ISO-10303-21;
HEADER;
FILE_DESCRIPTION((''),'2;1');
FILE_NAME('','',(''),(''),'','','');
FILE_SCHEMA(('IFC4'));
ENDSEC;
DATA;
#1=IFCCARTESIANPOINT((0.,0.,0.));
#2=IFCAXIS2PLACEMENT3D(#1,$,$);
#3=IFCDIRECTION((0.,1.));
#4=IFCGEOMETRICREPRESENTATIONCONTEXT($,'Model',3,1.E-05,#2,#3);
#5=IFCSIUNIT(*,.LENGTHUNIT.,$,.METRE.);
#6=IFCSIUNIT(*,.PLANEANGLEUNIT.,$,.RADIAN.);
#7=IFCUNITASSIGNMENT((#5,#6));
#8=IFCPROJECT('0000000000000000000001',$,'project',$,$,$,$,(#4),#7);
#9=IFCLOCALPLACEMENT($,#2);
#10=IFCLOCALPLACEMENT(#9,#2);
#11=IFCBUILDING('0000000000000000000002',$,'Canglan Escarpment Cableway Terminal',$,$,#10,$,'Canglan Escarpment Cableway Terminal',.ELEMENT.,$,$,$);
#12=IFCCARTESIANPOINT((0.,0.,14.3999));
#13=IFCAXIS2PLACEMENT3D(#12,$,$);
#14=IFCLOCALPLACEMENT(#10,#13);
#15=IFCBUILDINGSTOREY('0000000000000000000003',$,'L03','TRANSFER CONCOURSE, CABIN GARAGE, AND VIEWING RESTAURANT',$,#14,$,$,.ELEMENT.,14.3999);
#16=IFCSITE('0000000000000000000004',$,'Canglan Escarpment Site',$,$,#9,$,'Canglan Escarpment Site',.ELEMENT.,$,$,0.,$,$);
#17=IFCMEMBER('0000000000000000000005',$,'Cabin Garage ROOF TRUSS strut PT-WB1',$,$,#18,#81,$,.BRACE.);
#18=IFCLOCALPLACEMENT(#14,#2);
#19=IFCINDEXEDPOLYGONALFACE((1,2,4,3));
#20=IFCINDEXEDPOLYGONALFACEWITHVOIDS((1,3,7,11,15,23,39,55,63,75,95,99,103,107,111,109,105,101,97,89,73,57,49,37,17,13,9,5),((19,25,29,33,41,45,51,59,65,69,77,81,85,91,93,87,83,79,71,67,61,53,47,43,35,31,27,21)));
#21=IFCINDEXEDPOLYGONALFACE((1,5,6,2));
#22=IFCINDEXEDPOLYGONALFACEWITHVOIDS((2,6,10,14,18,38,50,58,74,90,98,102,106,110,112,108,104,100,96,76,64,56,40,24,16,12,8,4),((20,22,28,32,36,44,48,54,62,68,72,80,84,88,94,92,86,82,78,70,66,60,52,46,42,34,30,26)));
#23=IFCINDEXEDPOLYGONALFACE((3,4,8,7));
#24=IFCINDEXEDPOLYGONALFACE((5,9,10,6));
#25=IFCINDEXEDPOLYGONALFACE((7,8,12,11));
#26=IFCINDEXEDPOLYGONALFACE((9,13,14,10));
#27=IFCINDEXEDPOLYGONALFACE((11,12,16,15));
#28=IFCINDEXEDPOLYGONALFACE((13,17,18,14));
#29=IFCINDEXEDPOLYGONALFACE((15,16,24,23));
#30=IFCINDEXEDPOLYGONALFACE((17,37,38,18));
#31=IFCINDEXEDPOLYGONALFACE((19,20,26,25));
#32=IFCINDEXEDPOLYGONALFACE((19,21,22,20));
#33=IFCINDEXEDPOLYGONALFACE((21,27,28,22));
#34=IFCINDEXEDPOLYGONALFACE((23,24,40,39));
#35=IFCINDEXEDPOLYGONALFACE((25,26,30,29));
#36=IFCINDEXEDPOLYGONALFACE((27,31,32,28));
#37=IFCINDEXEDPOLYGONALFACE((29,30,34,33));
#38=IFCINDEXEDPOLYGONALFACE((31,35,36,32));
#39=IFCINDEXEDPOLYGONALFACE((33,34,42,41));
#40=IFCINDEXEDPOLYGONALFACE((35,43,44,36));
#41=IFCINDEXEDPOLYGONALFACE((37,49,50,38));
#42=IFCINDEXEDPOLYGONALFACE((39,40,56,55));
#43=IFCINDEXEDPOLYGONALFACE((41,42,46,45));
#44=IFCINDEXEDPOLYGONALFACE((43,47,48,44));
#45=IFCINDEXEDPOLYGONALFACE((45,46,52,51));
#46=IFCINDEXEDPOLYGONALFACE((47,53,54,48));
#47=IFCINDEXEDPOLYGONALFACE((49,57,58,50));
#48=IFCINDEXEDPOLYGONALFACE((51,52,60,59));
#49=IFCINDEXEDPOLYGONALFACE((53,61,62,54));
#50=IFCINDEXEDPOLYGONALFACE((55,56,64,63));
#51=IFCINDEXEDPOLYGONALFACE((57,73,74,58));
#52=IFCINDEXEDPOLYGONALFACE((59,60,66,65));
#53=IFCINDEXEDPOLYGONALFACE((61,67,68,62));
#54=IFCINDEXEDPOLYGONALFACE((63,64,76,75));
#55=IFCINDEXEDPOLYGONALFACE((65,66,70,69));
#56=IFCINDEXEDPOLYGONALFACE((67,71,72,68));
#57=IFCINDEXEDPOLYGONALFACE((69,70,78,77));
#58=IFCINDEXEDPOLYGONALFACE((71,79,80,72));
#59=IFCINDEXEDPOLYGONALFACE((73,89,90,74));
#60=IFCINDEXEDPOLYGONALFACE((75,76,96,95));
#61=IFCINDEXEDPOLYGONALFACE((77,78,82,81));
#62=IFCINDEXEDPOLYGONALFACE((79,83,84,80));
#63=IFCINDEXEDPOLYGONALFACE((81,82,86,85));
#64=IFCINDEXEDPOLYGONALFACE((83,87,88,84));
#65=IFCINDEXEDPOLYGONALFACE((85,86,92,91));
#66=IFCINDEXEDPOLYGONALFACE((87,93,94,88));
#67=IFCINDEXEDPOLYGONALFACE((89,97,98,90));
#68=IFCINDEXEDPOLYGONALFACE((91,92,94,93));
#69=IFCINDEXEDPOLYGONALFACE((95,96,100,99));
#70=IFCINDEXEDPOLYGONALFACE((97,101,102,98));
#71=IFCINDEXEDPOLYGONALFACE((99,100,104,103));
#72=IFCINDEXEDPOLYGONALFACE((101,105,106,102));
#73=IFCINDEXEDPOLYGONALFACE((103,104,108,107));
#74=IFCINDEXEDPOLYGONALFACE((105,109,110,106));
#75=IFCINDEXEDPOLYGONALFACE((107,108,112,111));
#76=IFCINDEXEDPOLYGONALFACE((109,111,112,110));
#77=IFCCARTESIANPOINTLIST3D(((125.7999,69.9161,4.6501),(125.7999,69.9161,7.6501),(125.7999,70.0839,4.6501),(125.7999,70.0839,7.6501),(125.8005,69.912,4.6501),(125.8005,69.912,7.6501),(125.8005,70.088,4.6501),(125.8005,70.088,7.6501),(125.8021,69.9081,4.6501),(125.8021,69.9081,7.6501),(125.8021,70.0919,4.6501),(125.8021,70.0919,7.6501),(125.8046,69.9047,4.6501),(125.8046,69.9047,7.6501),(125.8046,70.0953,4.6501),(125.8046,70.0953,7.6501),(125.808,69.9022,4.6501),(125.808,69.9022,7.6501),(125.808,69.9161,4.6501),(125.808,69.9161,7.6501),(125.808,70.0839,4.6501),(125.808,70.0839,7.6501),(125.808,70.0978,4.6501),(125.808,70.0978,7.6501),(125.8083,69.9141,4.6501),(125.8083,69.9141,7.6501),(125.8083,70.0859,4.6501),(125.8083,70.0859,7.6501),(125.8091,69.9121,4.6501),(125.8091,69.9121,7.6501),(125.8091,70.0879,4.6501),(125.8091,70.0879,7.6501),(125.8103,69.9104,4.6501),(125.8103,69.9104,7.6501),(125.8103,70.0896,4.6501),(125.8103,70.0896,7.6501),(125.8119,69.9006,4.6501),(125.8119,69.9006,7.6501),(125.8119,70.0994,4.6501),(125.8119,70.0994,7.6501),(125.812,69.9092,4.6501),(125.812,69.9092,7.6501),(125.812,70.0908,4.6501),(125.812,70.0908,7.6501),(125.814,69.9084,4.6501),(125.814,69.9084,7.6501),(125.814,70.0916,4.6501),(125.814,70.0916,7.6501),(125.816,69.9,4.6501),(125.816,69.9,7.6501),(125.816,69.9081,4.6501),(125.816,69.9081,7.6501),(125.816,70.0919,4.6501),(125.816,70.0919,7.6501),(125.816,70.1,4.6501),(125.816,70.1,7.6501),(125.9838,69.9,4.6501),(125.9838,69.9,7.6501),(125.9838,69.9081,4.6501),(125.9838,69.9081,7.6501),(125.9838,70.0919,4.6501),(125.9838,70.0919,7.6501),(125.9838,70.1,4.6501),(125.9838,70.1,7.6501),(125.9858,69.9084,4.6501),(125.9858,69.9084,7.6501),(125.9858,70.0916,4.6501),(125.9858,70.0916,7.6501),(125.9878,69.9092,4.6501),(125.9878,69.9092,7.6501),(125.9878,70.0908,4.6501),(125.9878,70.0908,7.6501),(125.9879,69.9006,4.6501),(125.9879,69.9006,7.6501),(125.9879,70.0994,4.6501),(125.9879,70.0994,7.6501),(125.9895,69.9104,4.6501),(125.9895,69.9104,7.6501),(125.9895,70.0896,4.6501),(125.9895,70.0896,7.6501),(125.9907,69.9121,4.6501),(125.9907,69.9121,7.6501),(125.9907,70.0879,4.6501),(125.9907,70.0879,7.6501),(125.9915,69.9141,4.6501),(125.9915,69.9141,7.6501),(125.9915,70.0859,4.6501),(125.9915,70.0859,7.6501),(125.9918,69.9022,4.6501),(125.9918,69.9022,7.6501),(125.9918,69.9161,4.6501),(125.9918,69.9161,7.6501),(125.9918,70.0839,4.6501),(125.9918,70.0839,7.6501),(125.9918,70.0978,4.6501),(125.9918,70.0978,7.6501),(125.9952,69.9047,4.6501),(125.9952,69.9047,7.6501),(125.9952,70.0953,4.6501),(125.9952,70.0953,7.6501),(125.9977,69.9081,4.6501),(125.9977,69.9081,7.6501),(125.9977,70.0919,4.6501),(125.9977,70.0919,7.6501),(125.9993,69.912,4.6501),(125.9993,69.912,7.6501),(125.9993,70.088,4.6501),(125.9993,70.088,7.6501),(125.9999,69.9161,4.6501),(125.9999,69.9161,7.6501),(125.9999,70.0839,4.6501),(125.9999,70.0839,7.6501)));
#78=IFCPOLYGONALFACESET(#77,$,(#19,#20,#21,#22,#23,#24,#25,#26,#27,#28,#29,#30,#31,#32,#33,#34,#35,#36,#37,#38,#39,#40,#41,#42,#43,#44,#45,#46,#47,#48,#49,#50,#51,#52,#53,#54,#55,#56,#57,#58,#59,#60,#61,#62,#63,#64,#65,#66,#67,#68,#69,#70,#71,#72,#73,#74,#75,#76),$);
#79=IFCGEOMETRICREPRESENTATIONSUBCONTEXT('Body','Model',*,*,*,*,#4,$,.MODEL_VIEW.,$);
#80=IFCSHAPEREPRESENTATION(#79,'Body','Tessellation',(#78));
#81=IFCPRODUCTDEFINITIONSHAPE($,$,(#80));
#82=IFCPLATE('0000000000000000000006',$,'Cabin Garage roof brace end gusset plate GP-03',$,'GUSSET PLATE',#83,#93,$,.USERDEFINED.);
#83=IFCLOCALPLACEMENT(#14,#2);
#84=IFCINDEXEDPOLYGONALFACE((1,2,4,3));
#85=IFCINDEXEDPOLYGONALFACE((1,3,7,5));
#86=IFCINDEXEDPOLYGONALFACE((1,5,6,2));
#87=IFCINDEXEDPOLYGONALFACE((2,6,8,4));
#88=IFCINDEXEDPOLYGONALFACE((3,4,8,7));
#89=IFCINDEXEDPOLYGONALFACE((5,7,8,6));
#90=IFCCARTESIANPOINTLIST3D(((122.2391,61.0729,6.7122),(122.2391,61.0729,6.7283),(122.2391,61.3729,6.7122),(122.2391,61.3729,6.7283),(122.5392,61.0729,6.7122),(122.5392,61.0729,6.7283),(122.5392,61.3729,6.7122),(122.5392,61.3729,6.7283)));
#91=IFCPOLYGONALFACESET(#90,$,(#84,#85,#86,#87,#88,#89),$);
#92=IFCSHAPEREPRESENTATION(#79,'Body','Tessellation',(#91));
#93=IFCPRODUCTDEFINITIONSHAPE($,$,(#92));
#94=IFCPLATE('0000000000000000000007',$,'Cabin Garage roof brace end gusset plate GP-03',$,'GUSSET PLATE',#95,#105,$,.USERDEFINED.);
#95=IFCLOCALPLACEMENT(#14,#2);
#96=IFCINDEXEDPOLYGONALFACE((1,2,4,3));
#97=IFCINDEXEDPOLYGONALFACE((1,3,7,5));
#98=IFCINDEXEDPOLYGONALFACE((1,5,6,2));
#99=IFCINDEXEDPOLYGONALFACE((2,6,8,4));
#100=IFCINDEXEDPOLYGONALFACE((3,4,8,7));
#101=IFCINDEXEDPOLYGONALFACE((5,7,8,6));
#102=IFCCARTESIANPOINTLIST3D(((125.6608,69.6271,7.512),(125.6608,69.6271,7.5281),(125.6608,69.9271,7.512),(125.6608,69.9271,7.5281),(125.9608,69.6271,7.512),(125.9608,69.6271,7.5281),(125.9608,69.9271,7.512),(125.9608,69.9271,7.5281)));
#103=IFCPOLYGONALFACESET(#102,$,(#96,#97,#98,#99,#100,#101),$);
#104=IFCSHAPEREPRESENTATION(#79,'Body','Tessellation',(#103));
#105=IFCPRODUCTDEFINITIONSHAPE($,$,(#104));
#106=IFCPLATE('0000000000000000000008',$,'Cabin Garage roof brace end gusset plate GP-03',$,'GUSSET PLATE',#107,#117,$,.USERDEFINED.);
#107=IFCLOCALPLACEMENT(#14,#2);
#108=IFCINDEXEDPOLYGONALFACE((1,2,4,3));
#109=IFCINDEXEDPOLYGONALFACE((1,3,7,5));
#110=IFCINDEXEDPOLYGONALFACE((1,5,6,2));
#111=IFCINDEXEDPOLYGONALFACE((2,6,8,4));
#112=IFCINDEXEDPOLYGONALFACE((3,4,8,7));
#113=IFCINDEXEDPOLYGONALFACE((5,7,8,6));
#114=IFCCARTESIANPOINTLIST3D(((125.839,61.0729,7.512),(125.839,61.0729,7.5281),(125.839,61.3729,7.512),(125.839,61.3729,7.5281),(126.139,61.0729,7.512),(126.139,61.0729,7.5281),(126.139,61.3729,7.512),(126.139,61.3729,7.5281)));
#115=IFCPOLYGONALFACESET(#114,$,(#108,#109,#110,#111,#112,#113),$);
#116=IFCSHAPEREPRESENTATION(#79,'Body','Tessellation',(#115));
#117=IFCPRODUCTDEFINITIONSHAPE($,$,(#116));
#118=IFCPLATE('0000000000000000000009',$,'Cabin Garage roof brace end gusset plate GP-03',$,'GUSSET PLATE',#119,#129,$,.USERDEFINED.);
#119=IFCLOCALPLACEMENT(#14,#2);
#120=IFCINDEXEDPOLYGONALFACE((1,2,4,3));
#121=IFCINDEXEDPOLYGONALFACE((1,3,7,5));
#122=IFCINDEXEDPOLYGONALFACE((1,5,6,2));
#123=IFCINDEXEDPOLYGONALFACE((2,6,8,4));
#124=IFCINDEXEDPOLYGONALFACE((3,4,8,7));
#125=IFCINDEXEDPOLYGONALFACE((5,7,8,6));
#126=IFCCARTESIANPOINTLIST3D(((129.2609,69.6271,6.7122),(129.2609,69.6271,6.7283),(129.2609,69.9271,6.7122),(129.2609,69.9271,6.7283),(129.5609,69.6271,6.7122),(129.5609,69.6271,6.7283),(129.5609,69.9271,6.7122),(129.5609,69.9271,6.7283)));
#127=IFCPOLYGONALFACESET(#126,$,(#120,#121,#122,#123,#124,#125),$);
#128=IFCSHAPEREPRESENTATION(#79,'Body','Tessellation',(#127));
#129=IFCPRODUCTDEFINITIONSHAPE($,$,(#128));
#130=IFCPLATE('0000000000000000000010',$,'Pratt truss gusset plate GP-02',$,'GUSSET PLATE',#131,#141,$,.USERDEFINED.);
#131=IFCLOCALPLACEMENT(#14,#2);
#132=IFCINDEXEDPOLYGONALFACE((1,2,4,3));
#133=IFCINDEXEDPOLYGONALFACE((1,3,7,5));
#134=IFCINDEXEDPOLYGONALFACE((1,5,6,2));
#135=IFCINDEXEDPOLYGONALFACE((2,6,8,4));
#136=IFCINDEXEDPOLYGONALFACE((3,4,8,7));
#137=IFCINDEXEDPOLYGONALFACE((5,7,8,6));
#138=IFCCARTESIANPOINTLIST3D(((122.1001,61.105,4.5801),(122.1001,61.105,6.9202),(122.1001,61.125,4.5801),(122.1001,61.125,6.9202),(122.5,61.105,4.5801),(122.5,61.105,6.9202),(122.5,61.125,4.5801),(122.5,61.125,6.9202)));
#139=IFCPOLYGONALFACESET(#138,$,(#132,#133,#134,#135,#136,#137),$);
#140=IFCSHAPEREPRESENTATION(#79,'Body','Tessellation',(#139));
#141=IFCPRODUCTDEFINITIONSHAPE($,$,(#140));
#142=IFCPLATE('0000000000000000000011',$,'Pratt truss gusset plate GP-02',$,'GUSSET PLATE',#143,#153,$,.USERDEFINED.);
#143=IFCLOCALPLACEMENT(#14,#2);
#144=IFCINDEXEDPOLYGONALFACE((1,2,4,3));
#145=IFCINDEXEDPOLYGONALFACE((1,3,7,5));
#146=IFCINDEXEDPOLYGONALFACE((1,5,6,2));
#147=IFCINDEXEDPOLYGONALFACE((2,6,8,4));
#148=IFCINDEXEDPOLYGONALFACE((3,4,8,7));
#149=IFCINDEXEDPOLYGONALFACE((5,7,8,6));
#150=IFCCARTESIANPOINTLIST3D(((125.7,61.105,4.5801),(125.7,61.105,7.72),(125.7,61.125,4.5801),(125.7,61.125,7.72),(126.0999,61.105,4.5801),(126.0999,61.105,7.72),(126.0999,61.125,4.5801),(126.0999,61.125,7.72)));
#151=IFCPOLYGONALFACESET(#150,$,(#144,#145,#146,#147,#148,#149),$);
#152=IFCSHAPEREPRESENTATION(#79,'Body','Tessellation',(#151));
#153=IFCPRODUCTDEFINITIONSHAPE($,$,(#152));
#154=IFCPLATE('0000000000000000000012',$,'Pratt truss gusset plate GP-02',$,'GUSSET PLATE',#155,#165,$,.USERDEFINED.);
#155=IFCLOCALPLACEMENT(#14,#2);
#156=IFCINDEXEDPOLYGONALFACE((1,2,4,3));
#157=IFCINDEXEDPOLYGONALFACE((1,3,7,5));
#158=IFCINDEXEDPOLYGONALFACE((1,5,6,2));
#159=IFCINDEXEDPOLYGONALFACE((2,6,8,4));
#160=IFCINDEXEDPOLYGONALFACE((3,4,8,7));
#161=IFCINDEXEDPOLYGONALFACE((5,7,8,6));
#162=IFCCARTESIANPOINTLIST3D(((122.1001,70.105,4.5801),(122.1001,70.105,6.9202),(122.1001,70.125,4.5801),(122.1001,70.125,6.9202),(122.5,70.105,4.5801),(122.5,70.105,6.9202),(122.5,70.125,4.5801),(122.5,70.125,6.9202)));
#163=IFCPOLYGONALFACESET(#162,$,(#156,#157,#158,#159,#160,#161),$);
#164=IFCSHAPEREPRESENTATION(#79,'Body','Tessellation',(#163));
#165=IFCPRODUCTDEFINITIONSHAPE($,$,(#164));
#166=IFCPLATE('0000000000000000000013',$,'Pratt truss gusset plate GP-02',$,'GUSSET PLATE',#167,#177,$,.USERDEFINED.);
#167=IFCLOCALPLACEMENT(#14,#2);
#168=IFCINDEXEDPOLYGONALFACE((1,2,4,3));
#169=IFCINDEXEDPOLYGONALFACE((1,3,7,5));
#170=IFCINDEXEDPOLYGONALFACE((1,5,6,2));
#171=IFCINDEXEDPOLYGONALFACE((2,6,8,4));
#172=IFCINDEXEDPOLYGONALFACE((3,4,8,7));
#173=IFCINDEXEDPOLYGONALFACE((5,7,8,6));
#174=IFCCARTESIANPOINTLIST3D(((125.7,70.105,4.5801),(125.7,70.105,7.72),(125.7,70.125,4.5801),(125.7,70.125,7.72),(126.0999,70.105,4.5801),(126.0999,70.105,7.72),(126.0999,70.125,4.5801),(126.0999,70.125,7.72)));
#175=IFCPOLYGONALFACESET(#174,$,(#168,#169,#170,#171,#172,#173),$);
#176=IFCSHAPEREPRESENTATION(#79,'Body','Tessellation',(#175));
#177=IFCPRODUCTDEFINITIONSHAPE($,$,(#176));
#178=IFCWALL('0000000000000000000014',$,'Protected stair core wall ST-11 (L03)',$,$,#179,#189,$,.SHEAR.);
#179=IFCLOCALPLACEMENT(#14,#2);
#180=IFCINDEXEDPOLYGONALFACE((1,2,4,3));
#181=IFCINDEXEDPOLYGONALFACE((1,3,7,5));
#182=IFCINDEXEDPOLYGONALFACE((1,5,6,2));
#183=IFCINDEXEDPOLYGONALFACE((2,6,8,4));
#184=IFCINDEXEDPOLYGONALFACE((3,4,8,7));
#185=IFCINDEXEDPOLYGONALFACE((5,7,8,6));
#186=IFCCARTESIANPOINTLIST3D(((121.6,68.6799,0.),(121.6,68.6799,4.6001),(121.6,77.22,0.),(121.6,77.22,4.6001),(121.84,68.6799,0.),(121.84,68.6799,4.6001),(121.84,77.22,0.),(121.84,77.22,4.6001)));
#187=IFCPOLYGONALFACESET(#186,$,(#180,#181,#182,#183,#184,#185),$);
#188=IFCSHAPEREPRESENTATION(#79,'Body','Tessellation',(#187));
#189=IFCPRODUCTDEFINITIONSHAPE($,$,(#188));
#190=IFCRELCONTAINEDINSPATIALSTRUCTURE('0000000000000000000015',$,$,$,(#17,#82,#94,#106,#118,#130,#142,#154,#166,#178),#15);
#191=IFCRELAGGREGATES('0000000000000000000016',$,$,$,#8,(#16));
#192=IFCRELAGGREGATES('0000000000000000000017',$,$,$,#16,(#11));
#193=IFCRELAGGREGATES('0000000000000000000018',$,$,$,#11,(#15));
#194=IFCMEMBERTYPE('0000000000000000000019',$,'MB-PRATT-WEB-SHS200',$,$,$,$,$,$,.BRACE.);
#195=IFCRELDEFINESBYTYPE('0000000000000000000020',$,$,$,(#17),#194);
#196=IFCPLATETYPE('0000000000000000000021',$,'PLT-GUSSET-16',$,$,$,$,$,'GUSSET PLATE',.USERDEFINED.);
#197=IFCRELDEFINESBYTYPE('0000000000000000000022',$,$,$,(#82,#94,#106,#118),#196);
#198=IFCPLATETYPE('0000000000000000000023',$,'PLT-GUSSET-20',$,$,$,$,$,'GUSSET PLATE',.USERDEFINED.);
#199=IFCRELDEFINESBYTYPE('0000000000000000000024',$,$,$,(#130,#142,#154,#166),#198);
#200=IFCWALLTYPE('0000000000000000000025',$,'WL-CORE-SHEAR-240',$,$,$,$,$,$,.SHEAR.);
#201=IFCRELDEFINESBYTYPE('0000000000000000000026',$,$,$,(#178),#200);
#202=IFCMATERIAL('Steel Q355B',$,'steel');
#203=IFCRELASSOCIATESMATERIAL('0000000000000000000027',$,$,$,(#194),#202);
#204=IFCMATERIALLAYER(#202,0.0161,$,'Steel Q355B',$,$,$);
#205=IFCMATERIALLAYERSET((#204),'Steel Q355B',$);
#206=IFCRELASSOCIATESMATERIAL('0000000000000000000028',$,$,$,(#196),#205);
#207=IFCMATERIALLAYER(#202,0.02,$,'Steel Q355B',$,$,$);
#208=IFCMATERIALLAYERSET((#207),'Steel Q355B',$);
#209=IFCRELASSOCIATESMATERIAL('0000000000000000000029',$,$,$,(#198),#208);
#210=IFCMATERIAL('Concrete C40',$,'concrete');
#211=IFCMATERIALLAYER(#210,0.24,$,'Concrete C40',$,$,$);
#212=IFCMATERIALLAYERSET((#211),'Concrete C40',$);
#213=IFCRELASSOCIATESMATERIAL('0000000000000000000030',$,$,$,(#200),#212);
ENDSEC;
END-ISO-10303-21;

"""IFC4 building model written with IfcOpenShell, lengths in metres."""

from ifc_helpers import new_model, si_unit, direction, frame, frame_2d, origin, origin_2d, place, context, subcontext, project, spatial, rectangle, hollow_rectangle, extrude, material, layer, layer_set, material_profile, profile_set, type_object, element, save


model = new_model("IFC4")

# Units and contexts
model_context = context("Model", 3, precision=1e-05, world=origin(), true_north=direction((0.0, 1.0)))
body_context = subcontext(model_context, "Body", "Model", "MODEL_VIEW")
ifc_project = project(units=[si_unit("LENGTHUNIT", "METRE"), si_unit("PLANEANGLEUNIT", "RADIAN")], contexts=[model_context])

# Site, building, storey
site_placement = place(None, origin())
site = spatial("IfcSite", under=ifc_project, at=site_placement, Name="Canglan Escarpment Site", LongName="Canglan Escarpment Site", CompositionType="ELEMENT", RefElevation=0.0)
building_placement = place(site_placement, origin())
building = spatial("IfcBuilding", under=site, at=building_placement, Name="Canglan Escarpment Cableway Terminal", LongName="Canglan Escarpment Cableway Terminal", CompositionType="ELEMENT")
storey_placement = place(building_placement, frame((0.0, 0.0, 14.3999)))
storey = spatial("IfcBuildingStorey", under=building, at=storey_placement, Name="L03", Description="TRANSFER CONCOURSE, CABIN GARAGE, AND VIEWING RESTAURANT", CompositionType="ELEMENT", Elevation=14.3999)

# Shared definitions
ifc_material_1 = material(Name="Steel Q355B", Category="steel")

# Member
ifc_material_profile_1 = material_profile(ifc_material_1, hollow_rectangle(XDim=0.2, YDim=0.2, WallThickness=0.0081, InnerFilletRadius=0.0081, OuterFilletRadius=0.0161, at=origin_2d()), Name="SHS 200x200x8")
ifc_profile_set_1 = profile_set([ifc_material_profile_1], Name="Steel Q355B")
member_type_1 = type_object("IfcMemberType", Name="MB-PRATT-WEB-SHS200", PredefinedType="BRACE", material=ifc_profile_set_1)
member_1_placement = place(storey_placement, frame((125.8999, 70.0, 4.6501), z_axis=(0.0, 0.0, 1.0), x_axis=(1.0, 0.0, 0.0)))
element("IfcMember", 1, at=member_1_placement, inside=storey, type_object=member_type_1, Name="Cabin Garage ROOF TRUSS strut PT-WB1", PredefinedType="BRACE", context=body_context, shape_type="SweptSolid", body=[
    extrude(hollow_rectangle(XDim=0.2, YDim=0.2, WallThickness=0.0081, InnerFilletRadius=0.0081, OuterFilletRadius=0.0161, at=origin_2d()), origin(), (0.0, 0.0, 1.0), 3.0),
])

# Plates
ifc_layer_1 = layer(ifc_material_1, 0.0161, Name="Steel Q355B")
ifc_layer_set_1 = layer_set([ifc_layer_1], Name="Steel Q355B")
plate_type_1 = type_object("IfcPlateType", Name="PLT-GUSSET-16", ElementType="GUSSET PLATE", PredefinedType="USERDEFINED", material=ifc_layer_set_1)
for number, where, z_axis, x_axis, name in (
    (2, (122.3892, 61.2229, 6.7122), (0.0, 0.0, 1.0), (1.0, 0.0, 0.0), "Cabin Garage roof brace end gusset plate GP-03"),
    (3, (125.8108, 69.7771, 7.512), (0.0, 0.0, 1.0), (1.0, 0.0, 0.0), "Cabin Garage roof brace end gusset plate GP-03"),
    (4, (125.989, 61.2229, 7.512), (0.0, 0.0, 1.0), (1.0, 0.0, 0.0), "Cabin Garage roof brace end gusset plate GP-03"),
    (5, (129.4109, 69.7771, 6.7122), (0.0, 0.0, 1.0), (1.0, 0.0, 0.0), "Cabin Garage roof brace end gusset plate GP-03"),
):
    element("IfcPlate", number, at=place(storey_placement, frame(where, z_axis=z_axis, x_axis=x_axis)), inside=storey, type_object=plate_type_1, Name=name, ObjectType="GUSSET PLATE", PredefinedType="USERDEFINED", context=body_context, shape_type="SweptSolid", body=[
        extrude(rectangle(XDim=0.3, YDim=0.3, at=origin_2d()), origin(), (0.0, 0.0, 1.0), 0.0161),
    ])
ifc_layer_2 = layer(ifc_material_1, 0.02, Name="Steel Q355B")
ifc_layer_set_2 = layer_set([ifc_layer_2], Name="Steel Q355B")
plate_type_2 = type_object("IfcPlateType", Name="PLT-GUSSET-20", ElementType="GUSSET PLATE", PredefinedType="USERDEFINED", material=ifc_layer_set_2)
plate_1_placement = place(storey_placement, frame((122.3, 61.115, 4.5801), z_axis=(0.0, 0.0, 1.0), x_axis=(1.0, 0.0, 0.0)))
element("IfcPlate", 6, at=plate_1_placement, inside=storey, type_object=plate_type_2, Name="Pratt truss gusset plate GP-02", ObjectType="GUSSET PLATE", PredefinedType="USERDEFINED", context=body_context, shape_type="SweptSolid", body=[
    extrude(rectangle(XDim=0.3999, YDim=0.02, at=origin_2d()), origin(), (0.0, 0.0, 1.0), 2.3401),
])
plate_2_placement = place(storey_placement, frame((125.8999, 61.115, 4.5801), z_axis=(0.0, 0.0, 1.0), x_axis=(1.0, 0.0, 0.0)))
element("IfcPlate", 7, at=plate_2_placement, inside=storey, type_object=plate_type_2, Name="Pratt truss gusset plate GP-02", ObjectType="GUSSET PLATE", PredefinedType="USERDEFINED", context=body_context, shape_type="SweptSolid", body=[
    extrude(rectangle(XDim=0.3999, YDim=0.02, at=origin_2d()), origin(), (0.0, 0.0, 1.0), 3.1399),
])
plate_3_placement = place(storey_placement, frame((122.3, 70.115, 4.5801), z_axis=(0.0, 0.0, 1.0), x_axis=(1.0, 0.0, 0.0)))
element("IfcPlate", 8, at=plate_3_placement, inside=storey, type_object=plate_type_2, Name="Pratt truss gusset plate GP-02", ObjectType="GUSSET PLATE", PredefinedType="USERDEFINED", context=body_context, shape_type="SweptSolid", body=[
    extrude(rectangle(XDim=0.3999, YDim=0.02, at=origin_2d()), origin(), (0.0, 0.0, 1.0), 2.3401),
])
plate_4_placement = place(storey_placement, frame((125.8999, 70.115, 4.5801), z_axis=(0.0, 0.0, 1.0), x_axis=(1.0, 0.0, 0.0)))
element("IfcPlate", 9, at=plate_4_placement, inside=storey, type_object=plate_type_2, Name="Pratt truss gusset plate GP-02", ObjectType="GUSSET PLATE", PredefinedType="USERDEFINED", context=body_context, shape_type="SweptSolid", body=[
    extrude(rectangle(XDim=0.3999, YDim=0.02, at=origin_2d()), origin(), (0.0, 0.0, 1.0), 3.1399),
])

# Wall
ifc_material_2 = material(Name="Concrete C40", Category="concrete")
ifc_layer_3 = layer(ifc_material_2, 0.24, Name="Concrete C40")
ifc_layer_set_3 = layer_set([ifc_layer_3], Name="Concrete C40")
wall_type = type_object("IfcWallType", Name="WL-CORE-SHEAR-240", PredefinedType="SHEAR", material=ifc_layer_set_3)
wall_placement = place(storey_placement, frame((121.72, 68.6799, 0.0), z_axis=(0.0, 0.0, 1.0), x_axis=(0.0, 1.0, 0.0)))
element("IfcWall", 10, at=wall_placement, inside=storey, type_object=wall_type, Name="Protected stair core wall ST-11 (L03)", PredefinedType="SHEAR", context=body_context, shape_type="SweptSolid", body=[
    extrude(rectangle(XDim=8.54, YDim=0.24, at=frame_2d((4.27, 0.0))), origin(), (0.0, 0.0, 1.0), 4.6001),
])

save(model, "model.ifc")
